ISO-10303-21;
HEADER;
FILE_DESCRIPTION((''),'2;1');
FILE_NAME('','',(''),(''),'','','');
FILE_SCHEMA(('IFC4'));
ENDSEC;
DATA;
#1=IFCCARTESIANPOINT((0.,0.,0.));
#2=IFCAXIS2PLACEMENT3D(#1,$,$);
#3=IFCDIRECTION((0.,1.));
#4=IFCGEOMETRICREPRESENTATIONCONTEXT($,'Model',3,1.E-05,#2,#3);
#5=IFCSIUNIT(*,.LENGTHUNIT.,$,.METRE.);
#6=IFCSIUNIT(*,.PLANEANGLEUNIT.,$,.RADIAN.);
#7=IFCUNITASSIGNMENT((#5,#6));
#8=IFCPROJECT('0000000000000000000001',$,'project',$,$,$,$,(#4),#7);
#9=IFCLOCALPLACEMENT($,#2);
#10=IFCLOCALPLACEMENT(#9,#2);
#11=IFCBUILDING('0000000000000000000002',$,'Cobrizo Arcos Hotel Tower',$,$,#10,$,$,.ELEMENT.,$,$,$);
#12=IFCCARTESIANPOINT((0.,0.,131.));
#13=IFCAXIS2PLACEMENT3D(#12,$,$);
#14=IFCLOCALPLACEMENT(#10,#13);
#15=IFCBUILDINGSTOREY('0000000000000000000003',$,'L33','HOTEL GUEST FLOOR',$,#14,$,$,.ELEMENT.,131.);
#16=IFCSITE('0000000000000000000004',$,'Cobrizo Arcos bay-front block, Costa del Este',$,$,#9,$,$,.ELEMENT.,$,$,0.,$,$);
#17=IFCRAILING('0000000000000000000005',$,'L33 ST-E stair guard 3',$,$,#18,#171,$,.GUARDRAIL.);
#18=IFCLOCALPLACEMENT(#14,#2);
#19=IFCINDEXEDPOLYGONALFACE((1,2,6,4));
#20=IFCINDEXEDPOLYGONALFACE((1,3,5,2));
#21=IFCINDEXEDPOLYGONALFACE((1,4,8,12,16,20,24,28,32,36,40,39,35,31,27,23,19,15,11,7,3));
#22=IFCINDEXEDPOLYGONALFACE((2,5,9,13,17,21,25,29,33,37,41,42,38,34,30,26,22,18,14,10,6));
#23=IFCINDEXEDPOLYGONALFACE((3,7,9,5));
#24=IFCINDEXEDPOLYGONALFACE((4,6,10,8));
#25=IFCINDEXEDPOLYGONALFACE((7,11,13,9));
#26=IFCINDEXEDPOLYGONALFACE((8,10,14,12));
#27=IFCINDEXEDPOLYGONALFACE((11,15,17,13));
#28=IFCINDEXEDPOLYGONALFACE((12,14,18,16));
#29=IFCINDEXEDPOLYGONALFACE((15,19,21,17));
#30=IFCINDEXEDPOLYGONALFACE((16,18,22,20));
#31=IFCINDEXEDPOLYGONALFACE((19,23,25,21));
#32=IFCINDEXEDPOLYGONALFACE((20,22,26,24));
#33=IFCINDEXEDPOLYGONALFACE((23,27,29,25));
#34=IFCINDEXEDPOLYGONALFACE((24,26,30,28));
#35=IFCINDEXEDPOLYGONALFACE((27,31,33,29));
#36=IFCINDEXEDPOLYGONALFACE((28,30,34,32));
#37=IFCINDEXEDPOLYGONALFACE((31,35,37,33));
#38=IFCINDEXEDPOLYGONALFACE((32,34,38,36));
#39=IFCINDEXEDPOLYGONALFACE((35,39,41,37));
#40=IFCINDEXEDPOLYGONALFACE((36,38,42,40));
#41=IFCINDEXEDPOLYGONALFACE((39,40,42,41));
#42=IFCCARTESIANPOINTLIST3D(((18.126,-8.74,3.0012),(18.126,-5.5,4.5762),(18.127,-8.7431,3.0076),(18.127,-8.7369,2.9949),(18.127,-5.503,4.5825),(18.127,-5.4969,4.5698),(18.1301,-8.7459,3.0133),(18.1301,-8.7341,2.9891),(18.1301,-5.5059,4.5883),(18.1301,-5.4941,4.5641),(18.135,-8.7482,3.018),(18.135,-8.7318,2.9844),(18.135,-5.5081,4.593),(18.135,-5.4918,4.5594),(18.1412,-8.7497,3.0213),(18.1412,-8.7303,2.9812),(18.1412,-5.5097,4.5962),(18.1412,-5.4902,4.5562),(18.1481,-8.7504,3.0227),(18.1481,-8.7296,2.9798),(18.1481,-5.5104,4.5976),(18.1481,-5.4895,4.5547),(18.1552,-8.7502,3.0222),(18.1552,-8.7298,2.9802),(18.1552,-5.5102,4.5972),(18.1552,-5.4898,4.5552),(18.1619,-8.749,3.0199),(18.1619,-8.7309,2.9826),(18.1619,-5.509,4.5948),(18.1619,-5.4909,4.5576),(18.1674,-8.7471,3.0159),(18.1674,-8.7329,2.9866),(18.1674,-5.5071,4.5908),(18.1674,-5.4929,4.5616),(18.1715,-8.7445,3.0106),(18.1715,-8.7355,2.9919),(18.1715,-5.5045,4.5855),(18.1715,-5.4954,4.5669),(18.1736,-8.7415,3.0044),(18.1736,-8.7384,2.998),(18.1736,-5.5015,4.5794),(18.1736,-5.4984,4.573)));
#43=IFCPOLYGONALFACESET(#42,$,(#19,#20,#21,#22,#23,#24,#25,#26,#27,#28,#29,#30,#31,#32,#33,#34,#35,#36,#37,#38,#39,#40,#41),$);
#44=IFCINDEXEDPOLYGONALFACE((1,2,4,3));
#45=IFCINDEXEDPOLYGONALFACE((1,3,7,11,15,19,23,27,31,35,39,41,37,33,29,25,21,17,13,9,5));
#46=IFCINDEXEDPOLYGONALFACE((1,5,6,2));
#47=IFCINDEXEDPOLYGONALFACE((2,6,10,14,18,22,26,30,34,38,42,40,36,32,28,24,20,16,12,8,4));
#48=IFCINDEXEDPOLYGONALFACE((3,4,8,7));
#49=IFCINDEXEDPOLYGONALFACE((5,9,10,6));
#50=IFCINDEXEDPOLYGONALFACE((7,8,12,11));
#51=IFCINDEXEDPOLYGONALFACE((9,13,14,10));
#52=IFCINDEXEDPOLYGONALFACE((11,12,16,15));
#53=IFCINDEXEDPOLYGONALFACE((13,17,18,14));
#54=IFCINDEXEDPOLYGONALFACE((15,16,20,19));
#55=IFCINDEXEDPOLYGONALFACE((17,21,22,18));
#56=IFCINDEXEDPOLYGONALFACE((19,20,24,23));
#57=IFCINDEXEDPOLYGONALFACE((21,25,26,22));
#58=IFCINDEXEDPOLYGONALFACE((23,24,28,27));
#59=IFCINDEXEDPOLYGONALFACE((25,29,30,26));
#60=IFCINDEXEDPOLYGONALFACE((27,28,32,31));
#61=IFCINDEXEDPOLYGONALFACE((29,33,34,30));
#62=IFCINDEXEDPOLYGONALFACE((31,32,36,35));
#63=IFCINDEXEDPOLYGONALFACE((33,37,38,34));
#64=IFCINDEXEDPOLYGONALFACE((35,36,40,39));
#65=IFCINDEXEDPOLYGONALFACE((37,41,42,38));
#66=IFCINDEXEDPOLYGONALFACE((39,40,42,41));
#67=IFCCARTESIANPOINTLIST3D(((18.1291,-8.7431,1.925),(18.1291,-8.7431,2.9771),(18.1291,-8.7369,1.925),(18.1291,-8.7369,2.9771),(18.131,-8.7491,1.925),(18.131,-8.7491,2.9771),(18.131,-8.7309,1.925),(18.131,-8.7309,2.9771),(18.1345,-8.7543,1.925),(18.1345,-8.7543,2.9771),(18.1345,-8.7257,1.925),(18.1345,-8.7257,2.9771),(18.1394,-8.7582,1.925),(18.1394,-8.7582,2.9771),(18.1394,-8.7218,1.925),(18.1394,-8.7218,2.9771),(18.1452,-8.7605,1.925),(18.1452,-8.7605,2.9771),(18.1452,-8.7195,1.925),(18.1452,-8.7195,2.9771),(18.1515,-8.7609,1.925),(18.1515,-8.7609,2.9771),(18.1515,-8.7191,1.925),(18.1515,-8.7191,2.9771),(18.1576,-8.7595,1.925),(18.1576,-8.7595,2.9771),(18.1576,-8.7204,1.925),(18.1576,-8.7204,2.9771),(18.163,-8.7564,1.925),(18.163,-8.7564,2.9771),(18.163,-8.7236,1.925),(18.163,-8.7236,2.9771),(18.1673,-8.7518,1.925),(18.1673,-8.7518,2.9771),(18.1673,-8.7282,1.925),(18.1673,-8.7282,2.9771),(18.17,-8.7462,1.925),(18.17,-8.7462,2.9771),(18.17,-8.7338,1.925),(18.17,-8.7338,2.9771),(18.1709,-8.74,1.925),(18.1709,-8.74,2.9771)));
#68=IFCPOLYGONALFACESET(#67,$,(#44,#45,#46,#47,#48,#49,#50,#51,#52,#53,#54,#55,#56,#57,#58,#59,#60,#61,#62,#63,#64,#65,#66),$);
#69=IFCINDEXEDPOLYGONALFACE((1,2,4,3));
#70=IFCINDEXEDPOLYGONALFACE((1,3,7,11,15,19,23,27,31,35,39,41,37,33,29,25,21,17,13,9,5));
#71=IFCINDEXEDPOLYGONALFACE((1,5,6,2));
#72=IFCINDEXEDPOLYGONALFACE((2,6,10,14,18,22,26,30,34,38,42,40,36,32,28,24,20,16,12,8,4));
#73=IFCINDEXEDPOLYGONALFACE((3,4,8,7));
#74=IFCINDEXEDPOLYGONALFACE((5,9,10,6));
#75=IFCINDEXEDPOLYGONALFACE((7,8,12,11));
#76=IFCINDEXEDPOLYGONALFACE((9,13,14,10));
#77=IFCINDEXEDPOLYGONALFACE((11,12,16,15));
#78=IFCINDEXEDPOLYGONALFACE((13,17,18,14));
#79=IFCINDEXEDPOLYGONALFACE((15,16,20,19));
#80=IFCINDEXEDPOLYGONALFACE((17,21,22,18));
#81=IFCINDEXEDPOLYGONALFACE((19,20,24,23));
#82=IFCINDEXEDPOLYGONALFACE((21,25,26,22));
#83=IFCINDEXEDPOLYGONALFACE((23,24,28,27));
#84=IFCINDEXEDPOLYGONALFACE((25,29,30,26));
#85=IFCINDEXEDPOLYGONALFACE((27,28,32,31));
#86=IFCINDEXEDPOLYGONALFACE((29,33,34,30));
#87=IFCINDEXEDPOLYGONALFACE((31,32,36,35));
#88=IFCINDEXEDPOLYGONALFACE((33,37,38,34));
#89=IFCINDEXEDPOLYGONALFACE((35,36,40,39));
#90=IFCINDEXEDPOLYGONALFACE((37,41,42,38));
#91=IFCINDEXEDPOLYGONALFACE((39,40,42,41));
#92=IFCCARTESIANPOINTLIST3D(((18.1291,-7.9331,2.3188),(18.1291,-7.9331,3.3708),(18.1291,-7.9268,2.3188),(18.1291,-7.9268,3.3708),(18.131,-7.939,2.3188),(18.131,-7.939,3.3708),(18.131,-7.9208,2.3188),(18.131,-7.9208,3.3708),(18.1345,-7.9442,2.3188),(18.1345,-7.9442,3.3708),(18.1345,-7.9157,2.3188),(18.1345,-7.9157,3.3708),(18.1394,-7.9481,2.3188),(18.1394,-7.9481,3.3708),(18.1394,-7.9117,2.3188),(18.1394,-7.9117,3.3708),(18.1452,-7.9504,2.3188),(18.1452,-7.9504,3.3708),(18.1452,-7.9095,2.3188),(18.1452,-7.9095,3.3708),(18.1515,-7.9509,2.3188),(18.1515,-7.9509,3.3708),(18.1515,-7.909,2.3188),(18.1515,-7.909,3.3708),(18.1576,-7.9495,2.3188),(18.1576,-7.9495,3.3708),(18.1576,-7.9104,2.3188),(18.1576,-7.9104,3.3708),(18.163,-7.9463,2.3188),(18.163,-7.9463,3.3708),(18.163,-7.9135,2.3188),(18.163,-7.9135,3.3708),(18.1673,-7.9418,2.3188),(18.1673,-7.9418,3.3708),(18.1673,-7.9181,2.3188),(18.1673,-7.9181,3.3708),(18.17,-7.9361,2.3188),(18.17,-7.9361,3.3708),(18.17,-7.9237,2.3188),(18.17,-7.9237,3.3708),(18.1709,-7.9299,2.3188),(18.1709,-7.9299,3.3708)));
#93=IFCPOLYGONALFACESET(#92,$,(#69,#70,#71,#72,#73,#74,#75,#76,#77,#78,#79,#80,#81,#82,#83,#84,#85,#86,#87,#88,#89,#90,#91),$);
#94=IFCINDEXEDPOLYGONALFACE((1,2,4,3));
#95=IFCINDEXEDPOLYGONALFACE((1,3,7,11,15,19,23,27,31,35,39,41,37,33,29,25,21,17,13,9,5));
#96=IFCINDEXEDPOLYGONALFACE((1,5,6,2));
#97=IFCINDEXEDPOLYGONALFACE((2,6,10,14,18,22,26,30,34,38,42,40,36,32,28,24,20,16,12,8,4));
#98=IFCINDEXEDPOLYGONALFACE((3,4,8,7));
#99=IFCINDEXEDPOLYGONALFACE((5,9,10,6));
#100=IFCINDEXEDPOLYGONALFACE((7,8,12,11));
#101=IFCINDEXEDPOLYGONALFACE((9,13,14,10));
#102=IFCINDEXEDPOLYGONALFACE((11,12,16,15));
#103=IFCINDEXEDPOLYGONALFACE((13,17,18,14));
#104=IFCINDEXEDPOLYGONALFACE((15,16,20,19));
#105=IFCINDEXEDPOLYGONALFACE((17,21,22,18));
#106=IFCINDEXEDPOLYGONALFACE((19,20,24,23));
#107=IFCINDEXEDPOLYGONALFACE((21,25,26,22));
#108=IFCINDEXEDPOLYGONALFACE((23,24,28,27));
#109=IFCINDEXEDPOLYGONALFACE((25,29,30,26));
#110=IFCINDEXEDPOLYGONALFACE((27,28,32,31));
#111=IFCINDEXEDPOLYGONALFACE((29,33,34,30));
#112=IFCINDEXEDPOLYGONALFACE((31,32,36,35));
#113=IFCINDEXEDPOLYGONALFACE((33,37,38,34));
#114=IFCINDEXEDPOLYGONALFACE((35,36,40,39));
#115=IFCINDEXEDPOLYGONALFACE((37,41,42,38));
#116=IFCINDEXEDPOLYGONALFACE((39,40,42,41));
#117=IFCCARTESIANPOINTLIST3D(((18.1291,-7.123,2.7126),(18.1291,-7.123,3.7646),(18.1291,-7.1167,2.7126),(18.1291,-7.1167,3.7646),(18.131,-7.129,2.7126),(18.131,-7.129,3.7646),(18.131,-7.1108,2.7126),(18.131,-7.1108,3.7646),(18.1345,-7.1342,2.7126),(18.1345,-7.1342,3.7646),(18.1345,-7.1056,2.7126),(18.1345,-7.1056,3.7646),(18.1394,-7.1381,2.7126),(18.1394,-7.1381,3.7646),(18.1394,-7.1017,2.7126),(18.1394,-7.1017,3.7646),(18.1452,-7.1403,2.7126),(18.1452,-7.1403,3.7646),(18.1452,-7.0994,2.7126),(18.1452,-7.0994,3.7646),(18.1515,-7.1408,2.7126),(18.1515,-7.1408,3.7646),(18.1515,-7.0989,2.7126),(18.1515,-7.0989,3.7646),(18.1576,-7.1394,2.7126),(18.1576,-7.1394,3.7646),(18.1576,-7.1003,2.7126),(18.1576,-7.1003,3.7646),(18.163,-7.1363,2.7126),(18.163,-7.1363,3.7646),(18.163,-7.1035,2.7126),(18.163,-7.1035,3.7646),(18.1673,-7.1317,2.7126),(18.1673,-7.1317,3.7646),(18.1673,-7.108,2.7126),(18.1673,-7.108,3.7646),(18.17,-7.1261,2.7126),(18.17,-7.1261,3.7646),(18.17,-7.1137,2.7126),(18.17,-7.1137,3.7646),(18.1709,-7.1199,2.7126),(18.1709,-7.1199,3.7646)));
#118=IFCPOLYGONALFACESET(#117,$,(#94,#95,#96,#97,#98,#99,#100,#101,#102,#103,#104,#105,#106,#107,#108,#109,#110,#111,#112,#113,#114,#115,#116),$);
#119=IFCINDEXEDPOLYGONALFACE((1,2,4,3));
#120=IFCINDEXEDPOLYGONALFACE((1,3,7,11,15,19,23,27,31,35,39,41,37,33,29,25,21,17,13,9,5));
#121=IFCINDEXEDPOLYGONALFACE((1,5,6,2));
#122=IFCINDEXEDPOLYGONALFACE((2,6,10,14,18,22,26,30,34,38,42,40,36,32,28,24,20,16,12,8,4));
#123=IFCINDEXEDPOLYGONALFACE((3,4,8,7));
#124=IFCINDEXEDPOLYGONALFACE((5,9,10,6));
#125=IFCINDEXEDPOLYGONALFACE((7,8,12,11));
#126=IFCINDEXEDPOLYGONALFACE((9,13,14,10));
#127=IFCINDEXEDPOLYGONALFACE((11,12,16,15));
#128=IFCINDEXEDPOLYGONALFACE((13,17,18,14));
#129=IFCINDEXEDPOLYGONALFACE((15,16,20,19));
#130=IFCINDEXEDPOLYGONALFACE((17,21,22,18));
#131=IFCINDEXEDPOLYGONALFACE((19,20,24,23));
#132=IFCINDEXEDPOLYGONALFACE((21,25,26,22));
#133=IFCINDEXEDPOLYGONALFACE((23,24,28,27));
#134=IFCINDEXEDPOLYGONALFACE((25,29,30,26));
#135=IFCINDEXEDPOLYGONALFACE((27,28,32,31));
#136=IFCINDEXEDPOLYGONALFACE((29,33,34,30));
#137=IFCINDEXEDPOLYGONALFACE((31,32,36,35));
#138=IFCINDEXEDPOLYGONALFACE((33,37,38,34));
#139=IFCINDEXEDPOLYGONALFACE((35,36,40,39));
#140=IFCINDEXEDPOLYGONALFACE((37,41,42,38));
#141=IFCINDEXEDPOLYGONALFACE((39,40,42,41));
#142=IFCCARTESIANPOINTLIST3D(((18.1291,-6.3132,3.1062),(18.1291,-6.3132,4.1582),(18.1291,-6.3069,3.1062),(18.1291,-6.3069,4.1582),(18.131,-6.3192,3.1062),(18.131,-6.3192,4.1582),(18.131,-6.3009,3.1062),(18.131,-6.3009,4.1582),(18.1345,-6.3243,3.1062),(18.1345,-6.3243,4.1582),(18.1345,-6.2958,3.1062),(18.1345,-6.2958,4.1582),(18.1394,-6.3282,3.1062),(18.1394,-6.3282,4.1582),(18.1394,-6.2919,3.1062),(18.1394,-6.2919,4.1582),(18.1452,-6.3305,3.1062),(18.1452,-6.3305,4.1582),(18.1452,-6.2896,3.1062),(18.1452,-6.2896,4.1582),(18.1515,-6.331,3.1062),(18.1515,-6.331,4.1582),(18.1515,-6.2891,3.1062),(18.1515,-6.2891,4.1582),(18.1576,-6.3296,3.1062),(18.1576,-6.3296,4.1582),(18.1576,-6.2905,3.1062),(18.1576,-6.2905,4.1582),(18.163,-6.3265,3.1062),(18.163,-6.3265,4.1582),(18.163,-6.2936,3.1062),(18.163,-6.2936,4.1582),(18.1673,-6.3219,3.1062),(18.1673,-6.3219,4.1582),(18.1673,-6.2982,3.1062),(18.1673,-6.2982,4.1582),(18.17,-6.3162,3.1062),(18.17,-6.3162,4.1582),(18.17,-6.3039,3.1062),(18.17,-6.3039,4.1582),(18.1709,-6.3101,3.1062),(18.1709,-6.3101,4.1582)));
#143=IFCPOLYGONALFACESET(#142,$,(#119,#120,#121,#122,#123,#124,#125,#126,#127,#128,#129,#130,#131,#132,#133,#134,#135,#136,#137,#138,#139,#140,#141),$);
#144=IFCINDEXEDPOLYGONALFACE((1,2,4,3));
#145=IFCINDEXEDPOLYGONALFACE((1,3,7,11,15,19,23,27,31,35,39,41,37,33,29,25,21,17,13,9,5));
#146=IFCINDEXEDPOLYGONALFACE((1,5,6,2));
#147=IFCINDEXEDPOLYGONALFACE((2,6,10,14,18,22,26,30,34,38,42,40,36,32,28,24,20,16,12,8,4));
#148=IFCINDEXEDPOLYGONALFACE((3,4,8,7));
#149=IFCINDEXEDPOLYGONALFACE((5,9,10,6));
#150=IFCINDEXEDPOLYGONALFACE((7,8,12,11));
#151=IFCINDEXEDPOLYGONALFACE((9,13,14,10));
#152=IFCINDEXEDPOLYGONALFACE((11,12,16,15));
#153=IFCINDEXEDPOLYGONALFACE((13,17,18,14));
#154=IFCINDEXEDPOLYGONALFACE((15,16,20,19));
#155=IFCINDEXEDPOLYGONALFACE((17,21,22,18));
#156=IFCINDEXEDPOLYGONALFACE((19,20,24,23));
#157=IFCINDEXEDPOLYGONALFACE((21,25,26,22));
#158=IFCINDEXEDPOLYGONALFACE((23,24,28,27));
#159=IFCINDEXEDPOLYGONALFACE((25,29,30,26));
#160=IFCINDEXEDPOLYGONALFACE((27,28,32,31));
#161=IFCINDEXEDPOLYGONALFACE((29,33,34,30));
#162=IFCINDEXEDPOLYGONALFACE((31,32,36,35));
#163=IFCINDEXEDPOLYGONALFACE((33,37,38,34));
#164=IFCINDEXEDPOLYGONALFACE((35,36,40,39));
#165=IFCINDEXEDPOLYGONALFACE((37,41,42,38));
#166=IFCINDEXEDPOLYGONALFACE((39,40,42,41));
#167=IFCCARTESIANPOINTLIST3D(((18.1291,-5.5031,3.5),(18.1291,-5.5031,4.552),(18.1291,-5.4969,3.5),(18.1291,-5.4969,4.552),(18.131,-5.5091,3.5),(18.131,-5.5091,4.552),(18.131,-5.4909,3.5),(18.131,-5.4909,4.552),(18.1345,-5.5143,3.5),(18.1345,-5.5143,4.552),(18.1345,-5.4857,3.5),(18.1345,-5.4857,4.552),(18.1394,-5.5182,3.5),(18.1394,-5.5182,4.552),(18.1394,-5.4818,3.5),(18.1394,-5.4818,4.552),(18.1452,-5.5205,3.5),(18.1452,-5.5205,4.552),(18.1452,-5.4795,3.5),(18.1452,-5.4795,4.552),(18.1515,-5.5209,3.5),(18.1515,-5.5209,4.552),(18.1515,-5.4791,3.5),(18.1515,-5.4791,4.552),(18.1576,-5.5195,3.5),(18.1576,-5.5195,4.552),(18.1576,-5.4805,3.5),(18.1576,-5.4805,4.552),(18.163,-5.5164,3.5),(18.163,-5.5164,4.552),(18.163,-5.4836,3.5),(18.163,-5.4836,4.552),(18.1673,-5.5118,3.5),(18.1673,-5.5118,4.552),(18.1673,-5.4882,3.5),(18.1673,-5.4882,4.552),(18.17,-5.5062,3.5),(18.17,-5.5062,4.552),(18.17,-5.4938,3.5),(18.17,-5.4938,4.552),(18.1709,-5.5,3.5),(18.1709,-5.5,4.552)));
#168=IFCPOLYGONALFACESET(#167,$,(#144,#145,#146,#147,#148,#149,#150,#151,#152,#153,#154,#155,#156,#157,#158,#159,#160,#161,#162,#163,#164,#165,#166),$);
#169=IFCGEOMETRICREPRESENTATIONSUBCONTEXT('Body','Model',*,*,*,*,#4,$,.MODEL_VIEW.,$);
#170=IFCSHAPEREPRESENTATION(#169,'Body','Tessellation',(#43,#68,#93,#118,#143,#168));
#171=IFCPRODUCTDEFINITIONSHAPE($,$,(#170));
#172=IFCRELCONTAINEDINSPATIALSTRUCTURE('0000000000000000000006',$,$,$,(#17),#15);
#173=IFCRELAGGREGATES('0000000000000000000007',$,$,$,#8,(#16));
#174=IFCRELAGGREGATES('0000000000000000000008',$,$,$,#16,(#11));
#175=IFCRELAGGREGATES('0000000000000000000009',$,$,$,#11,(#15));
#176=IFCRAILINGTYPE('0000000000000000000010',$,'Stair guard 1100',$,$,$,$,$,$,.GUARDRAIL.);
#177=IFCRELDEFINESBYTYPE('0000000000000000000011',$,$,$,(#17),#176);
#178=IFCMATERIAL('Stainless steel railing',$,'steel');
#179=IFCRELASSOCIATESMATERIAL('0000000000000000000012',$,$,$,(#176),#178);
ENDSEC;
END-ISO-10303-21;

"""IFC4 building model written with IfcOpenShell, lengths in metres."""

from ifc_helpers import new_model, si_unit, direction, frame, origin, origin_2d, place, context, subcontext, project, spatial, circle, extrude, material, type_object, element, save


model = new_model("IFC4")

# Units and contexts
model_context = context("Model", 3, precision=1e-05, world=origin(), true_north=direction((0.0, 1.0)))
body_context = subcontext(model_context, "Body", "Model", "MODEL_VIEW")
ifc_project = project(units=[si_unit("LENGTHUNIT", "METRE"), si_unit("PLANEANGLEUNIT", "RADIAN")], contexts=[model_context])

# Site, building, storey
site_placement = place(None, origin())
site = spatial("IfcSite", under=ifc_project, at=site_placement, Name="Cobrizo Arcos bay-front block, Costa del Este", CompositionType="ELEMENT", RefElevation=0.0)
building_placement = place(site_placement, origin())
building = spatial("IfcBuilding", under=site, at=building_placement, Name="Cobrizo Arcos Hotel Tower", CompositionType="ELEMENT")
storey_placement = place(building_placement, frame((0.0, 0.0, 131.0)))
storey = spatial("IfcBuildingStorey", under=building, at=storey_placement, Name="L33", Description="HOTEL GUEST FLOOR", CompositionType="ELEMENT", Elevation=131.0)

# Railing
ifc_material_1 = material(Name="Stainless steel railing", Category="steel")
railing_type_1 = type_object("IfcRailingType", Name="Stair guard 1100", PredefinedType="GUARDRAIL", material=ifc_material_1)
railing_1_placement = place(storey_placement, frame((18.1499, -8.74, 1.925)))
element("IfcRailing", 1, at=railing_1_placement, inside=storey, type_object=railing_type_1, Name="L33 ST-E stair guard 3", PredefinedType="GUARDRAIL", context=body_context, shape_type="SweptSolid", body=[
    extrude(circle(Radius=0.0239, at=origin_2d()), frame((0.0, 0.0, 1.0762), z_axis=(0.0, 0.899373, 0.437183), x_axis=(-1.0, 0.0, 0.0)), (0.0, 0.0, 1.0), 3.6025),
    extrude(circle(Radius=0.021, at=origin_2d()), origin(), (0.0, 0.0, 1.0), 1.052),
    extrude(circle(Radius=0.021, at=origin_2d()), frame((0.0, 0.8101, 0.3938)), (0.0, 0.0, 1.0), 1.052),
    extrude(circle(Radius=0.021, at=origin_2d()), frame((0.0, 1.6201, 0.7876)), (0.0, 0.0, 1.0), 1.052),
    extrude(circle(Radius=0.021, at=origin_2d()), frame((0.0, 2.4299, 1.1812)), (0.0, 0.0, 1.0), 1.052),
    extrude(circle(Radius=0.021, at=origin_2d()), frame((0.0, 3.24, 1.575)), (0.0, 0.0, 1.0), 1.052),
])

save(model, "model.ifc")
